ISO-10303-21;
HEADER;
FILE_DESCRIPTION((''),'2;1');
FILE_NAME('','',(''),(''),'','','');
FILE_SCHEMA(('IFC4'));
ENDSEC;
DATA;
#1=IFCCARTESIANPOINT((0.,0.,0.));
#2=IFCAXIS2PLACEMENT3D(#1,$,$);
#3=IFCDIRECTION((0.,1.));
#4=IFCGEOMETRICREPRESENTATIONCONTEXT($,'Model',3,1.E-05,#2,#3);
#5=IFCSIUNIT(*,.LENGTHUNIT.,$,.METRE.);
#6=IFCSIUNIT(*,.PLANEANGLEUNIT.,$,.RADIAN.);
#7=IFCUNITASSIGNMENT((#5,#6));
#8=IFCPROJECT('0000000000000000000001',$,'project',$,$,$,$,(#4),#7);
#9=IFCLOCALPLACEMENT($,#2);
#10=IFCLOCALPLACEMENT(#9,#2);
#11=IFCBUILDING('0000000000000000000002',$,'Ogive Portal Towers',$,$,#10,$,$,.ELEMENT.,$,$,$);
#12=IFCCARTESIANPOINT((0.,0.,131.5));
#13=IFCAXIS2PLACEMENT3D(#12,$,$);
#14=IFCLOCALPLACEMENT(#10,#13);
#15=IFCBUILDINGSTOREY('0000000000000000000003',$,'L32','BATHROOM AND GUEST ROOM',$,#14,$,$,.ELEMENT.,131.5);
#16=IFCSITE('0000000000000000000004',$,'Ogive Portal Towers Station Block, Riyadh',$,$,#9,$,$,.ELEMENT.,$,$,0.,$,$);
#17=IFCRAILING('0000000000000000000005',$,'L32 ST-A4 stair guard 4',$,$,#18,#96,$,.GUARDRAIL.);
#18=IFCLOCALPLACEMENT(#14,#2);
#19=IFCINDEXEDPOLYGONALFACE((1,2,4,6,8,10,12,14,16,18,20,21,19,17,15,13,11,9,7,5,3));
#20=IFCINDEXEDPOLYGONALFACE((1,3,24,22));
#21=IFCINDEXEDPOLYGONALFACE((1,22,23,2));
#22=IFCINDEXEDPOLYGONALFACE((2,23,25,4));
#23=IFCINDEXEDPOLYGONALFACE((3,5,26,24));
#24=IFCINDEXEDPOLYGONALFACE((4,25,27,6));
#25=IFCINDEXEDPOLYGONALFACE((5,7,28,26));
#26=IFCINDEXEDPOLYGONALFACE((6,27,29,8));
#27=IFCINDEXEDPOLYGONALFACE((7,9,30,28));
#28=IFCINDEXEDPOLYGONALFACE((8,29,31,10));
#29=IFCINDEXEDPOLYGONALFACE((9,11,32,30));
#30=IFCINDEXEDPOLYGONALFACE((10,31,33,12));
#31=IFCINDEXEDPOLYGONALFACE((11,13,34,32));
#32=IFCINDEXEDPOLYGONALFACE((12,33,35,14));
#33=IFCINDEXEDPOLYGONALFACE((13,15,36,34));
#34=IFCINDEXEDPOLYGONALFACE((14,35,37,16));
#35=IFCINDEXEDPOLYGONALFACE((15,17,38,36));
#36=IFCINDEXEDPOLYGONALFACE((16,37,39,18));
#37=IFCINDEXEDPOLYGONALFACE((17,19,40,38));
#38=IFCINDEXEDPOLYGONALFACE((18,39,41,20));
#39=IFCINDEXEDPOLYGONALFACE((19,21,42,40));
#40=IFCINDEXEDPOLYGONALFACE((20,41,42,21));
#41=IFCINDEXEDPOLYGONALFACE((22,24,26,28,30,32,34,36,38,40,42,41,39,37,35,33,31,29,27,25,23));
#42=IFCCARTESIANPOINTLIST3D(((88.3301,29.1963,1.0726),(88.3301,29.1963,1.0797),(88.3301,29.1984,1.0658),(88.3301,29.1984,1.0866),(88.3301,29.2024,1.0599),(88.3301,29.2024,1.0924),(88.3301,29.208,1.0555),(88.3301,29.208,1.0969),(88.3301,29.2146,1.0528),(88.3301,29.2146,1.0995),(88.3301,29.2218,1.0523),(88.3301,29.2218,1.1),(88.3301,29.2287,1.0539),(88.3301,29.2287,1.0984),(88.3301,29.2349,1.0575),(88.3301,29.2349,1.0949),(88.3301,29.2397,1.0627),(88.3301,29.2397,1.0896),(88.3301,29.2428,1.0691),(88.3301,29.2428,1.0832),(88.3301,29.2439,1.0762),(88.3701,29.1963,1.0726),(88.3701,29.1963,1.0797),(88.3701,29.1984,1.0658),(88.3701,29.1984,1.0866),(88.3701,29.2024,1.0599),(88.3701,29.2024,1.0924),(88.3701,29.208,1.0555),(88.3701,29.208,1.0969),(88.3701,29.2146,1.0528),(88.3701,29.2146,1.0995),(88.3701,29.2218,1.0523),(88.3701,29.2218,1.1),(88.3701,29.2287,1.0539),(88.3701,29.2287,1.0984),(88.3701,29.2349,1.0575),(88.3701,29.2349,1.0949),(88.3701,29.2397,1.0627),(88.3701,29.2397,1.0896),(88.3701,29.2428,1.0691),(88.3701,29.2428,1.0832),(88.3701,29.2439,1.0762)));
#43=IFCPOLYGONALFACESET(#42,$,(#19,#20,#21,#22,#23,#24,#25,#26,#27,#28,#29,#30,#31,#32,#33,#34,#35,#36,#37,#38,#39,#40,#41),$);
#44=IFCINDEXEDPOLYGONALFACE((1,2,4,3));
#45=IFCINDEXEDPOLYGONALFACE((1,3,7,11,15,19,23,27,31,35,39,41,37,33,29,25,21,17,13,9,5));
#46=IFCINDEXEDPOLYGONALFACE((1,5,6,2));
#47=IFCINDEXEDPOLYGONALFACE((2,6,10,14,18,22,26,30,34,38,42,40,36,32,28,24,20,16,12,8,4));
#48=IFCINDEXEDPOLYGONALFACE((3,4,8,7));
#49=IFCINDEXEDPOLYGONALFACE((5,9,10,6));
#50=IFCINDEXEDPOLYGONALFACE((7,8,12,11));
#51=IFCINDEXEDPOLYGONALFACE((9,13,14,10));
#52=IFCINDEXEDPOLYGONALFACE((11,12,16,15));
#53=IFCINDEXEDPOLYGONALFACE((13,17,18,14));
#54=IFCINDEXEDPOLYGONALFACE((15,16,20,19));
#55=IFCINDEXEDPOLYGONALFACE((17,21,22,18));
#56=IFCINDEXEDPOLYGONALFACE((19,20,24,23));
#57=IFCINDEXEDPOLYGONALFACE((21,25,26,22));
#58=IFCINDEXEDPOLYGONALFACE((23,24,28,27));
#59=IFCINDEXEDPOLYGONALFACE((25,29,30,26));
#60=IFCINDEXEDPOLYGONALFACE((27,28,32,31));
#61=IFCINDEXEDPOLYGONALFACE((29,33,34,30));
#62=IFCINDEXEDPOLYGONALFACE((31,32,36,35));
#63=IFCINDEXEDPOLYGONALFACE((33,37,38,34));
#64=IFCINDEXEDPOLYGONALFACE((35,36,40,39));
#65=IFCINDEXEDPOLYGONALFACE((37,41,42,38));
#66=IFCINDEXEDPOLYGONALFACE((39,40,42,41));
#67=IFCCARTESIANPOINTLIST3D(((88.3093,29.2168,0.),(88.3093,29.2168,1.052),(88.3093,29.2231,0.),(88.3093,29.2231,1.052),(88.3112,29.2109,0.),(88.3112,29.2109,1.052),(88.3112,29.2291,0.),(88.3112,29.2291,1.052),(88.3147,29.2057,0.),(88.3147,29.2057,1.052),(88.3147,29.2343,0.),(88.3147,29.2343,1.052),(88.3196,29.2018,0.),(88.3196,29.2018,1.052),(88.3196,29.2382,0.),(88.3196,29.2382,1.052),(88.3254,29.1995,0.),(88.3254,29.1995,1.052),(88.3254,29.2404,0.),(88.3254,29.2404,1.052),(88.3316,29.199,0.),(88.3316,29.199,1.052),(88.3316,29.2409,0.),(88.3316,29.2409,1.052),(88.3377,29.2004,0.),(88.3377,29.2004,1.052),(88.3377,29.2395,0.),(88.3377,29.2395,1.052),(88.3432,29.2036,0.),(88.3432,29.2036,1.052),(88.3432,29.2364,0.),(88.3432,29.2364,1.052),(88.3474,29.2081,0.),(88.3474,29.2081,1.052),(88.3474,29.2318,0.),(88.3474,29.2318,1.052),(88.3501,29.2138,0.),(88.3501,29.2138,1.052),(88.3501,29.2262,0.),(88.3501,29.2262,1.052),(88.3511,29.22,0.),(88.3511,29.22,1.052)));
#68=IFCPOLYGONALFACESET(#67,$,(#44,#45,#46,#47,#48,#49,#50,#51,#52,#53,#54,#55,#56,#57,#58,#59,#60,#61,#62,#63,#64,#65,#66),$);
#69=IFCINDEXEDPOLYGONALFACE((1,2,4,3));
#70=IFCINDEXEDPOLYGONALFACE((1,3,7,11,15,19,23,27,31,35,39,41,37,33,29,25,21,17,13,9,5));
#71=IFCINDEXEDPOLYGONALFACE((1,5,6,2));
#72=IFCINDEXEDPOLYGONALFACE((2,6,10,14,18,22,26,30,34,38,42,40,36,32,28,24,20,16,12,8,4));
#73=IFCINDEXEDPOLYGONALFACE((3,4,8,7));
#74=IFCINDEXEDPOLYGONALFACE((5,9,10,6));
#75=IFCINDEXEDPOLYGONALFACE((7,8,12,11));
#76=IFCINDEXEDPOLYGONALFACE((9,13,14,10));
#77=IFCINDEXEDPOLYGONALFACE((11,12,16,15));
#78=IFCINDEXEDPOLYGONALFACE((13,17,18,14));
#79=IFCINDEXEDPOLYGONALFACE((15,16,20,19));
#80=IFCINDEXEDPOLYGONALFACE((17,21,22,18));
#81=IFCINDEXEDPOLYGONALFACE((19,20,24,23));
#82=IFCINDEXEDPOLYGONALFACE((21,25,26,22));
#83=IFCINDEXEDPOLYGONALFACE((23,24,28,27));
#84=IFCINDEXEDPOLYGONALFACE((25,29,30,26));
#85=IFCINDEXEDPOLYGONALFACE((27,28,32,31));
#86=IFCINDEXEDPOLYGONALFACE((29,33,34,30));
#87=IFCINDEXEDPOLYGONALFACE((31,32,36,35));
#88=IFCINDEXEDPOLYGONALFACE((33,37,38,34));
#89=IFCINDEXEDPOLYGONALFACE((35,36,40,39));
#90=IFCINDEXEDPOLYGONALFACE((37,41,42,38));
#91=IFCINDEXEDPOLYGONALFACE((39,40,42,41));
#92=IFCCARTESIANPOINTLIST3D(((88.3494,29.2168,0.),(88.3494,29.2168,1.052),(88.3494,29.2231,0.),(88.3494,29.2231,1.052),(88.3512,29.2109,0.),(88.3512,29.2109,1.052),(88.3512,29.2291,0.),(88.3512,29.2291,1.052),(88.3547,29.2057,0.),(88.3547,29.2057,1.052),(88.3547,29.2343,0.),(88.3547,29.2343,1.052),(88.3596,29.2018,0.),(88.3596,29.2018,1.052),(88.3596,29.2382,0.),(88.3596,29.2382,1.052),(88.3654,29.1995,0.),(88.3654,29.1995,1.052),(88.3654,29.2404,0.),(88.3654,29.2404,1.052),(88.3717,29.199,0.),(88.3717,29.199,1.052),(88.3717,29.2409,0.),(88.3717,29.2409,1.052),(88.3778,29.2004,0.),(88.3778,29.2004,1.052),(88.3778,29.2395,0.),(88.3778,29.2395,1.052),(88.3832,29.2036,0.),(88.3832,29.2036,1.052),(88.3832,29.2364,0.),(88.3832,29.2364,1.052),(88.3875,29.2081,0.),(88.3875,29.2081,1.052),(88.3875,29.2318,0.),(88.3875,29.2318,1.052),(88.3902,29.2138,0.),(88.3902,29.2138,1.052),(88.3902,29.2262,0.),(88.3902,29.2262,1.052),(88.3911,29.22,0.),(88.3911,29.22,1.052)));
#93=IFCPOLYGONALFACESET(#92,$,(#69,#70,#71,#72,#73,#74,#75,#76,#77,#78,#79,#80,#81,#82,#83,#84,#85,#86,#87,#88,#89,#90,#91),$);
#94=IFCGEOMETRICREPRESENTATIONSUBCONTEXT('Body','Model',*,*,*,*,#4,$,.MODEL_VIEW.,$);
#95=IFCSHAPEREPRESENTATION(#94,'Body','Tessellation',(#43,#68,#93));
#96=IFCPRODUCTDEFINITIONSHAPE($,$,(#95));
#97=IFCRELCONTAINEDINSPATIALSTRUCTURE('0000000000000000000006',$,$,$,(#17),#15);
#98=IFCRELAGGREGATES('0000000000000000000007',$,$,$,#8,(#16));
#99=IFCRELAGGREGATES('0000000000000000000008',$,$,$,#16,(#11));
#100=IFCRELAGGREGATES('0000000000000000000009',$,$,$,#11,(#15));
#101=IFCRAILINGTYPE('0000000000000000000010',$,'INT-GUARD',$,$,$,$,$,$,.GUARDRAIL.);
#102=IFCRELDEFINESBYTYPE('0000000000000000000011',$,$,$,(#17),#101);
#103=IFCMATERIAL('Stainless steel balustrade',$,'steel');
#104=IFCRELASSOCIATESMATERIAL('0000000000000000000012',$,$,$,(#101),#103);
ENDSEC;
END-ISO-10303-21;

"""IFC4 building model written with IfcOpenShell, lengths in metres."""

from ifc_helpers import new_model, si_unit, direction, frame, origin, origin_2d, place, context, subcontext, project, spatial, circle, extrude, material, type_object, element, save


model = new_model("IFC4")

# Units and contexts
model_context = context("Model", 3, precision=1e-05, world=origin(), true_north=direction((0.0, 1.0)))
body_context = subcontext(model_context, "Body", "Model", "MODEL_VIEW")
ifc_project = project(units=[si_unit("LENGTHUNIT", "METRE"), si_unit("PLANEANGLEUNIT", "RADIAN")], contexts=[model_context])

# Site, building, storey
site_placement = place(None, origin())
site = spatial("IfcSite", under=ifc_project, at=site_placement, Name="Ogive Portal Towers Station Block, Riyadh", CompositionType="ELEMENT", RefElevation=0.0)
building_placement = place(site_placement, origin())
building = spatial("IfcBuilding", under=site, at=building_placement, Name="Ogive Portal Towers", CompositionType="ELEMENT")
storey_placement = place(building_placement, frame((0.0, 0.0, 131.5)))
storey = spatial("IfcBuildingStorey", under=building, at=storey_placement, Name="L32", Description="BATHROOM AND GUEST ROOM", CompositionType="ELEMENT", Elevation=131.5)

# Railing
ifc_material_1 = material(Name="Stainless steel balustrade", Category="steel")
railing_type_1 = type_object("IfcRailingType", Name="INT-GUARD", PredefinedType="GUARDRAIL", material=ifc_material_1)
railing_1_placement = place(storey_placement, frame((88.3301, 29.22, 0.0)))
element("IfcRailing", 1, at=railing_1_placement, inside=storey, type_object=railing_type_1, Name="L32 ST-A4 stair guard 4", PredefinedType="GUARDRAIL", context=body_context, shape_type="SweptSolid", body=[
    extrude(circle(Radius=0.0239, at=origin_2d()), frame((0.0, 0.0, 1.0762), z_axis=(1.0, 0.0, 0.0), x_axis=(0.0, 1.0, 0.0)), (0.0, 0.0, 1.0), 0.04),
    extrude(circle(Radius=0.021, at=origin_2d()), origin(), (0.0, 0.0, 1.0), 1.052),
    extrude(circle(Radius=0.021, at=origin_2d()), frame((0.04, 0.0, 0.0)), (0.0, 0.0, 1.0), 1.052),
])

save(model, "model.ifc")
